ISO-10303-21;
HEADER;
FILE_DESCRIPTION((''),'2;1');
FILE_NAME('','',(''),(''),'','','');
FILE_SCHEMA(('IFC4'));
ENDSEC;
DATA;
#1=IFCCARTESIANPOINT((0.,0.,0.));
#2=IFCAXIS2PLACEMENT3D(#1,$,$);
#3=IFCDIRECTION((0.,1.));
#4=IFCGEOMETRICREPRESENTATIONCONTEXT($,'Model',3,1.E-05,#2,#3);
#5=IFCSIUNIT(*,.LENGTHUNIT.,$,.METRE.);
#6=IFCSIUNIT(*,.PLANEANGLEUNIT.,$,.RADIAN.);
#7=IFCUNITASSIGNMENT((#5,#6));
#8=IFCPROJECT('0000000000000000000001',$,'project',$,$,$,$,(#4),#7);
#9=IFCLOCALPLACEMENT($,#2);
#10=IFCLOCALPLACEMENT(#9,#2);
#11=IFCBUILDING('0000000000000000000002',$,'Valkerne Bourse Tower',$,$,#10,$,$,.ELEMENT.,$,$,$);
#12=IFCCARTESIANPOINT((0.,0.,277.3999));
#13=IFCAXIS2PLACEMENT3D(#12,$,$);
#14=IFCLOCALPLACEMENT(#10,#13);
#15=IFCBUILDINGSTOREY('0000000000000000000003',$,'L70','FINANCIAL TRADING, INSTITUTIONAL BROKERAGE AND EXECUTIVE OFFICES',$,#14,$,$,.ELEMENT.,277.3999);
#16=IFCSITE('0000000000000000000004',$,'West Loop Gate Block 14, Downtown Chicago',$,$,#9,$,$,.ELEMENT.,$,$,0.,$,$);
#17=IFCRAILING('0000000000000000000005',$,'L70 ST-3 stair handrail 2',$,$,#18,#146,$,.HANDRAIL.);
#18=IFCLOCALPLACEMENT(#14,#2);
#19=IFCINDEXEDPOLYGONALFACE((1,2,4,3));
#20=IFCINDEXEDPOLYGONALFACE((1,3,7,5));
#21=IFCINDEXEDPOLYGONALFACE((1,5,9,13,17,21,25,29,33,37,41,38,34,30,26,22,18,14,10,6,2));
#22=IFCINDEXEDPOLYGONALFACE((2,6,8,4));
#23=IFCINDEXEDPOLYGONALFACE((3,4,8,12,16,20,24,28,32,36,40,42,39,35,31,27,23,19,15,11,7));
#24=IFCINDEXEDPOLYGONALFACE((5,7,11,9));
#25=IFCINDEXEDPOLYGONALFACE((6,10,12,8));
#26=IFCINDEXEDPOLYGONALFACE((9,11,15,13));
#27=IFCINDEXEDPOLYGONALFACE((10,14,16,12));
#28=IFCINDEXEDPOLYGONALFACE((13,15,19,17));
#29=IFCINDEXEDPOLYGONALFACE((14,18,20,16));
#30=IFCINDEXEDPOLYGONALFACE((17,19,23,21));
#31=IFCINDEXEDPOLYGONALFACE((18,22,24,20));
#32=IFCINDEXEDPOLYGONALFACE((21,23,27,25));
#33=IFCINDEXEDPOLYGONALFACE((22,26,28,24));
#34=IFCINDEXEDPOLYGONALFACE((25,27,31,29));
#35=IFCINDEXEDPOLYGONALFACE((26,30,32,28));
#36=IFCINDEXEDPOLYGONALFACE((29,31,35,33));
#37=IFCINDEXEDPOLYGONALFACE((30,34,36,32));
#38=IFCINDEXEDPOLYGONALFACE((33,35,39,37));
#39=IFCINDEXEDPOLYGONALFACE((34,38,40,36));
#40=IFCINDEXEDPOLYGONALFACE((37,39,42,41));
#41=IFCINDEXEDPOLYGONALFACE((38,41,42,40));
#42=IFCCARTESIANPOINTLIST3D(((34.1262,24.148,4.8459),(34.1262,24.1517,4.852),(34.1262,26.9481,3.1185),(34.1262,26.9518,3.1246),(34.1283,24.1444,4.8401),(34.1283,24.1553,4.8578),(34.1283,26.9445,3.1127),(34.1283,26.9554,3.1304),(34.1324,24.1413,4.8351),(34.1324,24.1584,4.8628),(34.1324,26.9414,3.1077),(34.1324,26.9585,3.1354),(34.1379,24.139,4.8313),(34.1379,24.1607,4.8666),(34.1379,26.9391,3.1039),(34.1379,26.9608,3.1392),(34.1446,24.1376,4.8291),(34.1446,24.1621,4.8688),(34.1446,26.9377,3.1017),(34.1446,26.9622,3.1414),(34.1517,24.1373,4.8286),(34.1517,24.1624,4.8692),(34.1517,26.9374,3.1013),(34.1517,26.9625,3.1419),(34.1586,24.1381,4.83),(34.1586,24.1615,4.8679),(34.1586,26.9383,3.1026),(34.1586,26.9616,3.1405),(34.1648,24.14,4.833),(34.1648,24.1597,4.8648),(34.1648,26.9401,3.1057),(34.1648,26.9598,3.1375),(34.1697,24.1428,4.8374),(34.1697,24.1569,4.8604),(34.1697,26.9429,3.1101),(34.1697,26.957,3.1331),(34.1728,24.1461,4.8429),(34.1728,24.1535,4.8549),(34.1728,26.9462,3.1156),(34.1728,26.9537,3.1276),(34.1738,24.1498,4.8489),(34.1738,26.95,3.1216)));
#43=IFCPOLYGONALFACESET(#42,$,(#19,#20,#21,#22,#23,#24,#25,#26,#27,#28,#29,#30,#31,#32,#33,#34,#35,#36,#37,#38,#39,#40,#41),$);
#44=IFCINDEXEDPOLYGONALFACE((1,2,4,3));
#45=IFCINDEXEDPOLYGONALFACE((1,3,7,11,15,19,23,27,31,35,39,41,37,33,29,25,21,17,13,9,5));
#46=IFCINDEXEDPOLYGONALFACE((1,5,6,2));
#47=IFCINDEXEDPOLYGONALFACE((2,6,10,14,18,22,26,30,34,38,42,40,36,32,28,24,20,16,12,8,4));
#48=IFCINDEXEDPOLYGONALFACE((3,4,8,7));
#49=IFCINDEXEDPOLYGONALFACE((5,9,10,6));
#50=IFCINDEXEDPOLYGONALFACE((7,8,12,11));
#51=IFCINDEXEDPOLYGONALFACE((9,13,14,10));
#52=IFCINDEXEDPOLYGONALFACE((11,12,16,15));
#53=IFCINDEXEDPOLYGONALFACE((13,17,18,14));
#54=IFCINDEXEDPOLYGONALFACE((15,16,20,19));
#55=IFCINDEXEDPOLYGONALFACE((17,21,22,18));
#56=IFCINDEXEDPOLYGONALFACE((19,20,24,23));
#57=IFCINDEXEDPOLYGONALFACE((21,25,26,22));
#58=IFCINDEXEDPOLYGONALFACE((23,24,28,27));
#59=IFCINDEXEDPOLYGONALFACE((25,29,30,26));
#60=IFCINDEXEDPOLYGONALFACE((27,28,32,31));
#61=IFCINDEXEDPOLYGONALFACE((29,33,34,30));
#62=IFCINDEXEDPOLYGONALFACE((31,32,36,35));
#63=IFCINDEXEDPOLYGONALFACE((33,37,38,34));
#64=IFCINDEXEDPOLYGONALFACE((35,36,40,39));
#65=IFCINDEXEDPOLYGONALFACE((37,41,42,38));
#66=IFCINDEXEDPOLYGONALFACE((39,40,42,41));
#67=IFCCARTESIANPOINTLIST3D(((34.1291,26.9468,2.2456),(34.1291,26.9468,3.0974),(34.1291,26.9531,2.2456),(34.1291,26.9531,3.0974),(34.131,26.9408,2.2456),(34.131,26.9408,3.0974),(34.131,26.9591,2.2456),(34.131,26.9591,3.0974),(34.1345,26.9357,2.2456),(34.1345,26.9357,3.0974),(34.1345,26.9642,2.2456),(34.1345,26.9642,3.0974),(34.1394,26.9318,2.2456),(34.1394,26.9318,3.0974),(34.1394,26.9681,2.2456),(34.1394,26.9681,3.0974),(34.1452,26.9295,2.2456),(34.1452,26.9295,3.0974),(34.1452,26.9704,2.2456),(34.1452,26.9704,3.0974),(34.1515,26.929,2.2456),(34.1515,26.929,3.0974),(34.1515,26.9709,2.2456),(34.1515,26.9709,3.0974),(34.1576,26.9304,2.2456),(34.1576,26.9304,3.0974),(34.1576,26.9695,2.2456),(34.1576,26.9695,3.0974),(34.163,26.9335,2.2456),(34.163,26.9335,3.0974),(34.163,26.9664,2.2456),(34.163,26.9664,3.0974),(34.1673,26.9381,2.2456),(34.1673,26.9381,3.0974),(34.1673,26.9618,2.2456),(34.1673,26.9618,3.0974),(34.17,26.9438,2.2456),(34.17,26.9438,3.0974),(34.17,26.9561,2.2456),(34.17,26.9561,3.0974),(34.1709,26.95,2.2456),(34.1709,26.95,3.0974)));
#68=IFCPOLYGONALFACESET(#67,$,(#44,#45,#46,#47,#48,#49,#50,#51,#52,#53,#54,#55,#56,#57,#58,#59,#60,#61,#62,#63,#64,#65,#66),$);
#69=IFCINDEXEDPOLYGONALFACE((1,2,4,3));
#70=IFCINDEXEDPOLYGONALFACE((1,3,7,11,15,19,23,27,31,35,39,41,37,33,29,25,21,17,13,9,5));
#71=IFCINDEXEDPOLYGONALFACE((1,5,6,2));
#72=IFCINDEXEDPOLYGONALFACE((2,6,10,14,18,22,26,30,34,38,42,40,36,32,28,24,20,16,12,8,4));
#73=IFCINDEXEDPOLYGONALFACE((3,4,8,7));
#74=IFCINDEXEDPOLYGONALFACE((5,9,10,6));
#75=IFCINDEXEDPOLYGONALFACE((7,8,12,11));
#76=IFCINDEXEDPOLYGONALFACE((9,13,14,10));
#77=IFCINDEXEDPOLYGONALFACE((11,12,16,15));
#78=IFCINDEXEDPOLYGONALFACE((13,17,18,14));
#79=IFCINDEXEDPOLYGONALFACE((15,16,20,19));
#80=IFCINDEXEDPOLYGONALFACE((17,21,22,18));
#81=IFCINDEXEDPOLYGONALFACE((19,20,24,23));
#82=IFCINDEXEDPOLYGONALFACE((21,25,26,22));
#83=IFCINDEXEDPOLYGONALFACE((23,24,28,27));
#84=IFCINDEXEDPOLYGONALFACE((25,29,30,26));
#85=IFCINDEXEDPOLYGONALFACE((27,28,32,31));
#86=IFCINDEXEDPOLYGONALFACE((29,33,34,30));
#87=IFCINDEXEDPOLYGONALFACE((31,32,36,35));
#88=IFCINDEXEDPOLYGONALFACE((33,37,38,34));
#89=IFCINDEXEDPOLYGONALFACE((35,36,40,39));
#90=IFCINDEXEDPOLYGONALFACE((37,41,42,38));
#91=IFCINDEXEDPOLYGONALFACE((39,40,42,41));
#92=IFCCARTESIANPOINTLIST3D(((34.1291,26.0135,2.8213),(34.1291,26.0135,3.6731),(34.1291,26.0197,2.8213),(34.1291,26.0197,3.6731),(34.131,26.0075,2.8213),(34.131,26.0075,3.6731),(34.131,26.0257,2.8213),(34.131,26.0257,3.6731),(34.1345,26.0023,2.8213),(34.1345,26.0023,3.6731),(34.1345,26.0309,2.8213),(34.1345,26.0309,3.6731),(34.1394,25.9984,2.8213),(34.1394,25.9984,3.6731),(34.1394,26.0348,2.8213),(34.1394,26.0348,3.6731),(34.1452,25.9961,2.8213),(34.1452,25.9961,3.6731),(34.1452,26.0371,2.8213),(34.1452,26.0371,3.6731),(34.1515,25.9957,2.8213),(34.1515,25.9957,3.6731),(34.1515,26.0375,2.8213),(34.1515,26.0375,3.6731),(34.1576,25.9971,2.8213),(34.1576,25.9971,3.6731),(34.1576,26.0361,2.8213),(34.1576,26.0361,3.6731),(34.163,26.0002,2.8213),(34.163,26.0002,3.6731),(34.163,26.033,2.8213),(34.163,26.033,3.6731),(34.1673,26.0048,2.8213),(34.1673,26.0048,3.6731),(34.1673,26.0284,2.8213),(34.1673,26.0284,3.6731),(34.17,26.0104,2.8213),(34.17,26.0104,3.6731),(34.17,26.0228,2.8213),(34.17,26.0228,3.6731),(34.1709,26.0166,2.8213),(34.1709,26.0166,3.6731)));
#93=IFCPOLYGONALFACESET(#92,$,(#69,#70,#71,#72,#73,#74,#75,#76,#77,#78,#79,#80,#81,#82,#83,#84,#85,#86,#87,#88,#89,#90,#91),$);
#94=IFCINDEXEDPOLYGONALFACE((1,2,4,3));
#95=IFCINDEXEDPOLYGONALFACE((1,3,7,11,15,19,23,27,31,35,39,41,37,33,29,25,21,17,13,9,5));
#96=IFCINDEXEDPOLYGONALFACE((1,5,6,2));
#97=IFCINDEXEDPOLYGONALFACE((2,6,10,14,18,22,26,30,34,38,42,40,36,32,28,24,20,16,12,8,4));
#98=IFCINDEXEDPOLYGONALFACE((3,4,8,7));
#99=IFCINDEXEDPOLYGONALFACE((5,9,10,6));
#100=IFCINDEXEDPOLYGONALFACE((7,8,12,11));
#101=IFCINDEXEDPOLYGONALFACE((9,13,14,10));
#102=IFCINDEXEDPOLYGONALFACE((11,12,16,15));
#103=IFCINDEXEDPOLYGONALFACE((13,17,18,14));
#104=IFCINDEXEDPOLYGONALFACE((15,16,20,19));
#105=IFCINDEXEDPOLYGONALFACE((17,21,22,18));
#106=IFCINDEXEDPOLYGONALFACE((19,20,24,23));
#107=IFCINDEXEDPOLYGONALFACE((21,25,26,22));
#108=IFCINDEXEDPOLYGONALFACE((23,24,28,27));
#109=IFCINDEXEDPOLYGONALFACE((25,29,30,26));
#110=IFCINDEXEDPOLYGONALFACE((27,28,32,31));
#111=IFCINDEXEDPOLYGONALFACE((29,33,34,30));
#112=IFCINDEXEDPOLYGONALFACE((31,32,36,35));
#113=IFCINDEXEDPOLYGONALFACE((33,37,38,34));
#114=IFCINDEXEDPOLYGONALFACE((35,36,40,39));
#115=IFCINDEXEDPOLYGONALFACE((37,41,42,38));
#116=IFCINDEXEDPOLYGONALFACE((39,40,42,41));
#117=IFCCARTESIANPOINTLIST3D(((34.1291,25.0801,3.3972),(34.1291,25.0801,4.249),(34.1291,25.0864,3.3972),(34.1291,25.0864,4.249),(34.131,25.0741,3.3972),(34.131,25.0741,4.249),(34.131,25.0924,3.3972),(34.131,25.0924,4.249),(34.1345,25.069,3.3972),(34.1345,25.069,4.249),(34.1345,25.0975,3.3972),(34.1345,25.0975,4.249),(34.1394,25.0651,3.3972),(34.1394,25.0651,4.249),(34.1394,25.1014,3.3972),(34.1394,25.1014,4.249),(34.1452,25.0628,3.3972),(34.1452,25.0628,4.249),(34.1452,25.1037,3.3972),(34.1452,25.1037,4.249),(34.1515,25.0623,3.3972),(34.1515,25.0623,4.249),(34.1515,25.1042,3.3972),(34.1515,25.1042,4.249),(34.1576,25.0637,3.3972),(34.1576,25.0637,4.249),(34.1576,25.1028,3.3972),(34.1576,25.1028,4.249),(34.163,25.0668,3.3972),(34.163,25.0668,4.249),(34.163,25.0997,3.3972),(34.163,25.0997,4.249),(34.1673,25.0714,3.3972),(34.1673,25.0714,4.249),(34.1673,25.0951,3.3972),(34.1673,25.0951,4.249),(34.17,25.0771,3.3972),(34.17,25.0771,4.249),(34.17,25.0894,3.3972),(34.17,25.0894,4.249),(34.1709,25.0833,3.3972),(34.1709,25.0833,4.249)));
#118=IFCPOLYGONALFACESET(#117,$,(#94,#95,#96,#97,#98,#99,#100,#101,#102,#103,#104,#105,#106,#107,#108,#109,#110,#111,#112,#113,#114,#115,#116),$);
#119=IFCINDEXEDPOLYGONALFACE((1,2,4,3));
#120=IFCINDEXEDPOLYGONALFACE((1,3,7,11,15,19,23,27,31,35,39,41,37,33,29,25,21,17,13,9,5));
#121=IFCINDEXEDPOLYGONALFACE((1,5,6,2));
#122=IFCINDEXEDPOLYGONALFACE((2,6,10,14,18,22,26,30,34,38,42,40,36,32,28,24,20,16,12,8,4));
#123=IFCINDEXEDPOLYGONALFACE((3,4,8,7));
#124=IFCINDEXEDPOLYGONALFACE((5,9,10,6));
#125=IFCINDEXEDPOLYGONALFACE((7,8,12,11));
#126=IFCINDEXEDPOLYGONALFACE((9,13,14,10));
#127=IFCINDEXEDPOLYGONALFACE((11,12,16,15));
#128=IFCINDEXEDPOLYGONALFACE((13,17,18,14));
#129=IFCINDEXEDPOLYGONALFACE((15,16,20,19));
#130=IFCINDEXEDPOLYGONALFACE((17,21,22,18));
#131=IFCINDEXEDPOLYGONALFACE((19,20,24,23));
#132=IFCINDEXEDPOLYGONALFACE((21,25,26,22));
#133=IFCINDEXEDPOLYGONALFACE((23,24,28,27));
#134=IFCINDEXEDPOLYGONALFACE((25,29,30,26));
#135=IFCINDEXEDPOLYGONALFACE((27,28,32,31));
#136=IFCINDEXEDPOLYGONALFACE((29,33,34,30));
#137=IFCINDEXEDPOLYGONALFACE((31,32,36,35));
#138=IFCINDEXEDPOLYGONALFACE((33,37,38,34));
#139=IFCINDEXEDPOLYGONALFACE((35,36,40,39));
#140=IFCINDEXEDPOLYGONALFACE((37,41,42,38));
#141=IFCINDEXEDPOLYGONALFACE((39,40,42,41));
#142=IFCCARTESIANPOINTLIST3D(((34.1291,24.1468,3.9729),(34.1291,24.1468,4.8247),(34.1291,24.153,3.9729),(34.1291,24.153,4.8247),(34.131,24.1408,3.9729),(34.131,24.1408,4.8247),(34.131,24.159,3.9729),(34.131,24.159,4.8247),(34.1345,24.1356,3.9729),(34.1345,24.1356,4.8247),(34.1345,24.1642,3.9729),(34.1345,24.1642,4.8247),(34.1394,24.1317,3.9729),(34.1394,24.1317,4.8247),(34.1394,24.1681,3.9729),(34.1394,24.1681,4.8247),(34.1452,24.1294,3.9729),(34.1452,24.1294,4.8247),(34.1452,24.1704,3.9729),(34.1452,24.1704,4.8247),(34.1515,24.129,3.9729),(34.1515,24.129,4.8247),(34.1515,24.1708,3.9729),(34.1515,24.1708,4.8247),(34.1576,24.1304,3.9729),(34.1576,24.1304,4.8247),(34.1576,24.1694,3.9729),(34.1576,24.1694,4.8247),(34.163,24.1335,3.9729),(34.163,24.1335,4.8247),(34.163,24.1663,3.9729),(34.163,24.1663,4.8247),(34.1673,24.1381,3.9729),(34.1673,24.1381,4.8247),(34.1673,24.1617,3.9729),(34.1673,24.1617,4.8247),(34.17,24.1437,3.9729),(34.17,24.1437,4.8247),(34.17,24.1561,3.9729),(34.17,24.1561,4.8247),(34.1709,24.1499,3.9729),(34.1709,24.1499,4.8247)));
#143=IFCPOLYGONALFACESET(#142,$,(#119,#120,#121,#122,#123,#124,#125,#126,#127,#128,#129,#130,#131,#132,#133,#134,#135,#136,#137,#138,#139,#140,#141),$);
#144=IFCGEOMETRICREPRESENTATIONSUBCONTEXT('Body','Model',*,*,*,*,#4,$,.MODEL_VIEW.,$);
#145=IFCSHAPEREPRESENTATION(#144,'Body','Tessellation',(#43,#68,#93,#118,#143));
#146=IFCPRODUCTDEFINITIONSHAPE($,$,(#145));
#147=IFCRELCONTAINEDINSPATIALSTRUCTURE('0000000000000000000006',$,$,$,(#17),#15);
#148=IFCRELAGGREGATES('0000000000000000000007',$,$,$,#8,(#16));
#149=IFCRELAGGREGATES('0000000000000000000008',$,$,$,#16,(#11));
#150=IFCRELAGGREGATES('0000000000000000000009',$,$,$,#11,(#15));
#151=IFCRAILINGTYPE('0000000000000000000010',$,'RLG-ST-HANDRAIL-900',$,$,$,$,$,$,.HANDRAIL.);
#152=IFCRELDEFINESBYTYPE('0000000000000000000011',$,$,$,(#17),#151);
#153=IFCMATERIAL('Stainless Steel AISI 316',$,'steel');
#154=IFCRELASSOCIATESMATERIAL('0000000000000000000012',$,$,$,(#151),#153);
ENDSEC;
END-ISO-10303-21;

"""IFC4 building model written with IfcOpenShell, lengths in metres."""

from ifc_helpers import new_model, si_unit, direction, frame, origin, origin_2d, place, context, subcontext, project, spatial, circle, extrude, material, type_object, element, save


model = new_model("IFC4")

# Units and contexts
model_context = context("Model", 3, precision=1e-05, world=origin(), true_north=direction((0.0, 1.0)))
body_context = subcontext(model_context, "Body", "Model", "MODEL_VIEW")
ifc_project = project(units=[si_unit("LENGTHUNIT", "METRE"), si_unit("PLANEANGLEUNIT", "RADIAN")], contexts=[model_context])

# Site, building, storey
site_placement = place(None, origin())
site = spatial("IfcSite", under=ifc_project, at=site_placement, Name="West Loop Gate Block 14, Downtown Chicago", CompositionType="ELEMENT", RefElevation=0.0)
building_placement = place(site_placement, origin())
building = spatial("IfcBuilding", under=site, at=building_placement, Name="Valkerne Bourse Tower", CompositionType="ELEMENT")
storey_placement = place(building_placement, frame((0.0, 0.0, 277.3999)))
storey = spatial("IfcBuildingStorey", under=building, at=storey_placement, Name="L70", Description="FINANCIAL TRADING, INSTITUTIONAL BROKERAGE AND EXECUTIVE OFFICES", CompositionType="ELEMENT", Elevation=277.3999)

# Railing
ifc_material_1 = material(Name="Stainless Steel AISI 316", Category="steel")
railing_type_1 = type_object("IfcRailingType", Name="RLG-ST-HANDRAIL-900", PredefinedType="HANDRAIL", material=ifc_material_1)
railing_1_placement = place(storey_placement, frame((34.1499, 26.95, 2.2456)))
element("IfcRailing", 1, at=railing_1_placement, inside=storey, type_object=railing_type_1, Name="L70 ST-3 stair handrail 2", PredefinedType="HANDRAIL", context=body_context, shape_type="SweptSolid", body=[
    extrude(circle(Radius=0.0239, at=origin_2d()), frame((0.0, 0.0, 0.876), z_axis=(0.0, -0.85109, 0.52502), x_axis=(1.0, 0.0, 0.0)), (0.0, 0.0, 1.0), 3.29),
    extrude(circle(Radius=0.021, at=origin_2d()), origin(), (0.0, 0.0, 1.0), 0.8518),
    extrude(circle(Radius=0.021, at=origin_2d()), frame((0.0, -0.9333, 0.5757)), (0.0, 0.0, 1.0), 0.8518),
    extrude(circle(Radius=0.021, at=origin_2d()), frame((0.0, -1.8667, 1.1516)), (0.0, 0.0, 1.0), 0.8518),
    extrude(circle(Radius=0.021, at=origin_2d()), frame((0.0, -2.8, 1.7273)), (0.0, 0.0, 1.0), 0.8518),
])

save(model, "model.ifc")
